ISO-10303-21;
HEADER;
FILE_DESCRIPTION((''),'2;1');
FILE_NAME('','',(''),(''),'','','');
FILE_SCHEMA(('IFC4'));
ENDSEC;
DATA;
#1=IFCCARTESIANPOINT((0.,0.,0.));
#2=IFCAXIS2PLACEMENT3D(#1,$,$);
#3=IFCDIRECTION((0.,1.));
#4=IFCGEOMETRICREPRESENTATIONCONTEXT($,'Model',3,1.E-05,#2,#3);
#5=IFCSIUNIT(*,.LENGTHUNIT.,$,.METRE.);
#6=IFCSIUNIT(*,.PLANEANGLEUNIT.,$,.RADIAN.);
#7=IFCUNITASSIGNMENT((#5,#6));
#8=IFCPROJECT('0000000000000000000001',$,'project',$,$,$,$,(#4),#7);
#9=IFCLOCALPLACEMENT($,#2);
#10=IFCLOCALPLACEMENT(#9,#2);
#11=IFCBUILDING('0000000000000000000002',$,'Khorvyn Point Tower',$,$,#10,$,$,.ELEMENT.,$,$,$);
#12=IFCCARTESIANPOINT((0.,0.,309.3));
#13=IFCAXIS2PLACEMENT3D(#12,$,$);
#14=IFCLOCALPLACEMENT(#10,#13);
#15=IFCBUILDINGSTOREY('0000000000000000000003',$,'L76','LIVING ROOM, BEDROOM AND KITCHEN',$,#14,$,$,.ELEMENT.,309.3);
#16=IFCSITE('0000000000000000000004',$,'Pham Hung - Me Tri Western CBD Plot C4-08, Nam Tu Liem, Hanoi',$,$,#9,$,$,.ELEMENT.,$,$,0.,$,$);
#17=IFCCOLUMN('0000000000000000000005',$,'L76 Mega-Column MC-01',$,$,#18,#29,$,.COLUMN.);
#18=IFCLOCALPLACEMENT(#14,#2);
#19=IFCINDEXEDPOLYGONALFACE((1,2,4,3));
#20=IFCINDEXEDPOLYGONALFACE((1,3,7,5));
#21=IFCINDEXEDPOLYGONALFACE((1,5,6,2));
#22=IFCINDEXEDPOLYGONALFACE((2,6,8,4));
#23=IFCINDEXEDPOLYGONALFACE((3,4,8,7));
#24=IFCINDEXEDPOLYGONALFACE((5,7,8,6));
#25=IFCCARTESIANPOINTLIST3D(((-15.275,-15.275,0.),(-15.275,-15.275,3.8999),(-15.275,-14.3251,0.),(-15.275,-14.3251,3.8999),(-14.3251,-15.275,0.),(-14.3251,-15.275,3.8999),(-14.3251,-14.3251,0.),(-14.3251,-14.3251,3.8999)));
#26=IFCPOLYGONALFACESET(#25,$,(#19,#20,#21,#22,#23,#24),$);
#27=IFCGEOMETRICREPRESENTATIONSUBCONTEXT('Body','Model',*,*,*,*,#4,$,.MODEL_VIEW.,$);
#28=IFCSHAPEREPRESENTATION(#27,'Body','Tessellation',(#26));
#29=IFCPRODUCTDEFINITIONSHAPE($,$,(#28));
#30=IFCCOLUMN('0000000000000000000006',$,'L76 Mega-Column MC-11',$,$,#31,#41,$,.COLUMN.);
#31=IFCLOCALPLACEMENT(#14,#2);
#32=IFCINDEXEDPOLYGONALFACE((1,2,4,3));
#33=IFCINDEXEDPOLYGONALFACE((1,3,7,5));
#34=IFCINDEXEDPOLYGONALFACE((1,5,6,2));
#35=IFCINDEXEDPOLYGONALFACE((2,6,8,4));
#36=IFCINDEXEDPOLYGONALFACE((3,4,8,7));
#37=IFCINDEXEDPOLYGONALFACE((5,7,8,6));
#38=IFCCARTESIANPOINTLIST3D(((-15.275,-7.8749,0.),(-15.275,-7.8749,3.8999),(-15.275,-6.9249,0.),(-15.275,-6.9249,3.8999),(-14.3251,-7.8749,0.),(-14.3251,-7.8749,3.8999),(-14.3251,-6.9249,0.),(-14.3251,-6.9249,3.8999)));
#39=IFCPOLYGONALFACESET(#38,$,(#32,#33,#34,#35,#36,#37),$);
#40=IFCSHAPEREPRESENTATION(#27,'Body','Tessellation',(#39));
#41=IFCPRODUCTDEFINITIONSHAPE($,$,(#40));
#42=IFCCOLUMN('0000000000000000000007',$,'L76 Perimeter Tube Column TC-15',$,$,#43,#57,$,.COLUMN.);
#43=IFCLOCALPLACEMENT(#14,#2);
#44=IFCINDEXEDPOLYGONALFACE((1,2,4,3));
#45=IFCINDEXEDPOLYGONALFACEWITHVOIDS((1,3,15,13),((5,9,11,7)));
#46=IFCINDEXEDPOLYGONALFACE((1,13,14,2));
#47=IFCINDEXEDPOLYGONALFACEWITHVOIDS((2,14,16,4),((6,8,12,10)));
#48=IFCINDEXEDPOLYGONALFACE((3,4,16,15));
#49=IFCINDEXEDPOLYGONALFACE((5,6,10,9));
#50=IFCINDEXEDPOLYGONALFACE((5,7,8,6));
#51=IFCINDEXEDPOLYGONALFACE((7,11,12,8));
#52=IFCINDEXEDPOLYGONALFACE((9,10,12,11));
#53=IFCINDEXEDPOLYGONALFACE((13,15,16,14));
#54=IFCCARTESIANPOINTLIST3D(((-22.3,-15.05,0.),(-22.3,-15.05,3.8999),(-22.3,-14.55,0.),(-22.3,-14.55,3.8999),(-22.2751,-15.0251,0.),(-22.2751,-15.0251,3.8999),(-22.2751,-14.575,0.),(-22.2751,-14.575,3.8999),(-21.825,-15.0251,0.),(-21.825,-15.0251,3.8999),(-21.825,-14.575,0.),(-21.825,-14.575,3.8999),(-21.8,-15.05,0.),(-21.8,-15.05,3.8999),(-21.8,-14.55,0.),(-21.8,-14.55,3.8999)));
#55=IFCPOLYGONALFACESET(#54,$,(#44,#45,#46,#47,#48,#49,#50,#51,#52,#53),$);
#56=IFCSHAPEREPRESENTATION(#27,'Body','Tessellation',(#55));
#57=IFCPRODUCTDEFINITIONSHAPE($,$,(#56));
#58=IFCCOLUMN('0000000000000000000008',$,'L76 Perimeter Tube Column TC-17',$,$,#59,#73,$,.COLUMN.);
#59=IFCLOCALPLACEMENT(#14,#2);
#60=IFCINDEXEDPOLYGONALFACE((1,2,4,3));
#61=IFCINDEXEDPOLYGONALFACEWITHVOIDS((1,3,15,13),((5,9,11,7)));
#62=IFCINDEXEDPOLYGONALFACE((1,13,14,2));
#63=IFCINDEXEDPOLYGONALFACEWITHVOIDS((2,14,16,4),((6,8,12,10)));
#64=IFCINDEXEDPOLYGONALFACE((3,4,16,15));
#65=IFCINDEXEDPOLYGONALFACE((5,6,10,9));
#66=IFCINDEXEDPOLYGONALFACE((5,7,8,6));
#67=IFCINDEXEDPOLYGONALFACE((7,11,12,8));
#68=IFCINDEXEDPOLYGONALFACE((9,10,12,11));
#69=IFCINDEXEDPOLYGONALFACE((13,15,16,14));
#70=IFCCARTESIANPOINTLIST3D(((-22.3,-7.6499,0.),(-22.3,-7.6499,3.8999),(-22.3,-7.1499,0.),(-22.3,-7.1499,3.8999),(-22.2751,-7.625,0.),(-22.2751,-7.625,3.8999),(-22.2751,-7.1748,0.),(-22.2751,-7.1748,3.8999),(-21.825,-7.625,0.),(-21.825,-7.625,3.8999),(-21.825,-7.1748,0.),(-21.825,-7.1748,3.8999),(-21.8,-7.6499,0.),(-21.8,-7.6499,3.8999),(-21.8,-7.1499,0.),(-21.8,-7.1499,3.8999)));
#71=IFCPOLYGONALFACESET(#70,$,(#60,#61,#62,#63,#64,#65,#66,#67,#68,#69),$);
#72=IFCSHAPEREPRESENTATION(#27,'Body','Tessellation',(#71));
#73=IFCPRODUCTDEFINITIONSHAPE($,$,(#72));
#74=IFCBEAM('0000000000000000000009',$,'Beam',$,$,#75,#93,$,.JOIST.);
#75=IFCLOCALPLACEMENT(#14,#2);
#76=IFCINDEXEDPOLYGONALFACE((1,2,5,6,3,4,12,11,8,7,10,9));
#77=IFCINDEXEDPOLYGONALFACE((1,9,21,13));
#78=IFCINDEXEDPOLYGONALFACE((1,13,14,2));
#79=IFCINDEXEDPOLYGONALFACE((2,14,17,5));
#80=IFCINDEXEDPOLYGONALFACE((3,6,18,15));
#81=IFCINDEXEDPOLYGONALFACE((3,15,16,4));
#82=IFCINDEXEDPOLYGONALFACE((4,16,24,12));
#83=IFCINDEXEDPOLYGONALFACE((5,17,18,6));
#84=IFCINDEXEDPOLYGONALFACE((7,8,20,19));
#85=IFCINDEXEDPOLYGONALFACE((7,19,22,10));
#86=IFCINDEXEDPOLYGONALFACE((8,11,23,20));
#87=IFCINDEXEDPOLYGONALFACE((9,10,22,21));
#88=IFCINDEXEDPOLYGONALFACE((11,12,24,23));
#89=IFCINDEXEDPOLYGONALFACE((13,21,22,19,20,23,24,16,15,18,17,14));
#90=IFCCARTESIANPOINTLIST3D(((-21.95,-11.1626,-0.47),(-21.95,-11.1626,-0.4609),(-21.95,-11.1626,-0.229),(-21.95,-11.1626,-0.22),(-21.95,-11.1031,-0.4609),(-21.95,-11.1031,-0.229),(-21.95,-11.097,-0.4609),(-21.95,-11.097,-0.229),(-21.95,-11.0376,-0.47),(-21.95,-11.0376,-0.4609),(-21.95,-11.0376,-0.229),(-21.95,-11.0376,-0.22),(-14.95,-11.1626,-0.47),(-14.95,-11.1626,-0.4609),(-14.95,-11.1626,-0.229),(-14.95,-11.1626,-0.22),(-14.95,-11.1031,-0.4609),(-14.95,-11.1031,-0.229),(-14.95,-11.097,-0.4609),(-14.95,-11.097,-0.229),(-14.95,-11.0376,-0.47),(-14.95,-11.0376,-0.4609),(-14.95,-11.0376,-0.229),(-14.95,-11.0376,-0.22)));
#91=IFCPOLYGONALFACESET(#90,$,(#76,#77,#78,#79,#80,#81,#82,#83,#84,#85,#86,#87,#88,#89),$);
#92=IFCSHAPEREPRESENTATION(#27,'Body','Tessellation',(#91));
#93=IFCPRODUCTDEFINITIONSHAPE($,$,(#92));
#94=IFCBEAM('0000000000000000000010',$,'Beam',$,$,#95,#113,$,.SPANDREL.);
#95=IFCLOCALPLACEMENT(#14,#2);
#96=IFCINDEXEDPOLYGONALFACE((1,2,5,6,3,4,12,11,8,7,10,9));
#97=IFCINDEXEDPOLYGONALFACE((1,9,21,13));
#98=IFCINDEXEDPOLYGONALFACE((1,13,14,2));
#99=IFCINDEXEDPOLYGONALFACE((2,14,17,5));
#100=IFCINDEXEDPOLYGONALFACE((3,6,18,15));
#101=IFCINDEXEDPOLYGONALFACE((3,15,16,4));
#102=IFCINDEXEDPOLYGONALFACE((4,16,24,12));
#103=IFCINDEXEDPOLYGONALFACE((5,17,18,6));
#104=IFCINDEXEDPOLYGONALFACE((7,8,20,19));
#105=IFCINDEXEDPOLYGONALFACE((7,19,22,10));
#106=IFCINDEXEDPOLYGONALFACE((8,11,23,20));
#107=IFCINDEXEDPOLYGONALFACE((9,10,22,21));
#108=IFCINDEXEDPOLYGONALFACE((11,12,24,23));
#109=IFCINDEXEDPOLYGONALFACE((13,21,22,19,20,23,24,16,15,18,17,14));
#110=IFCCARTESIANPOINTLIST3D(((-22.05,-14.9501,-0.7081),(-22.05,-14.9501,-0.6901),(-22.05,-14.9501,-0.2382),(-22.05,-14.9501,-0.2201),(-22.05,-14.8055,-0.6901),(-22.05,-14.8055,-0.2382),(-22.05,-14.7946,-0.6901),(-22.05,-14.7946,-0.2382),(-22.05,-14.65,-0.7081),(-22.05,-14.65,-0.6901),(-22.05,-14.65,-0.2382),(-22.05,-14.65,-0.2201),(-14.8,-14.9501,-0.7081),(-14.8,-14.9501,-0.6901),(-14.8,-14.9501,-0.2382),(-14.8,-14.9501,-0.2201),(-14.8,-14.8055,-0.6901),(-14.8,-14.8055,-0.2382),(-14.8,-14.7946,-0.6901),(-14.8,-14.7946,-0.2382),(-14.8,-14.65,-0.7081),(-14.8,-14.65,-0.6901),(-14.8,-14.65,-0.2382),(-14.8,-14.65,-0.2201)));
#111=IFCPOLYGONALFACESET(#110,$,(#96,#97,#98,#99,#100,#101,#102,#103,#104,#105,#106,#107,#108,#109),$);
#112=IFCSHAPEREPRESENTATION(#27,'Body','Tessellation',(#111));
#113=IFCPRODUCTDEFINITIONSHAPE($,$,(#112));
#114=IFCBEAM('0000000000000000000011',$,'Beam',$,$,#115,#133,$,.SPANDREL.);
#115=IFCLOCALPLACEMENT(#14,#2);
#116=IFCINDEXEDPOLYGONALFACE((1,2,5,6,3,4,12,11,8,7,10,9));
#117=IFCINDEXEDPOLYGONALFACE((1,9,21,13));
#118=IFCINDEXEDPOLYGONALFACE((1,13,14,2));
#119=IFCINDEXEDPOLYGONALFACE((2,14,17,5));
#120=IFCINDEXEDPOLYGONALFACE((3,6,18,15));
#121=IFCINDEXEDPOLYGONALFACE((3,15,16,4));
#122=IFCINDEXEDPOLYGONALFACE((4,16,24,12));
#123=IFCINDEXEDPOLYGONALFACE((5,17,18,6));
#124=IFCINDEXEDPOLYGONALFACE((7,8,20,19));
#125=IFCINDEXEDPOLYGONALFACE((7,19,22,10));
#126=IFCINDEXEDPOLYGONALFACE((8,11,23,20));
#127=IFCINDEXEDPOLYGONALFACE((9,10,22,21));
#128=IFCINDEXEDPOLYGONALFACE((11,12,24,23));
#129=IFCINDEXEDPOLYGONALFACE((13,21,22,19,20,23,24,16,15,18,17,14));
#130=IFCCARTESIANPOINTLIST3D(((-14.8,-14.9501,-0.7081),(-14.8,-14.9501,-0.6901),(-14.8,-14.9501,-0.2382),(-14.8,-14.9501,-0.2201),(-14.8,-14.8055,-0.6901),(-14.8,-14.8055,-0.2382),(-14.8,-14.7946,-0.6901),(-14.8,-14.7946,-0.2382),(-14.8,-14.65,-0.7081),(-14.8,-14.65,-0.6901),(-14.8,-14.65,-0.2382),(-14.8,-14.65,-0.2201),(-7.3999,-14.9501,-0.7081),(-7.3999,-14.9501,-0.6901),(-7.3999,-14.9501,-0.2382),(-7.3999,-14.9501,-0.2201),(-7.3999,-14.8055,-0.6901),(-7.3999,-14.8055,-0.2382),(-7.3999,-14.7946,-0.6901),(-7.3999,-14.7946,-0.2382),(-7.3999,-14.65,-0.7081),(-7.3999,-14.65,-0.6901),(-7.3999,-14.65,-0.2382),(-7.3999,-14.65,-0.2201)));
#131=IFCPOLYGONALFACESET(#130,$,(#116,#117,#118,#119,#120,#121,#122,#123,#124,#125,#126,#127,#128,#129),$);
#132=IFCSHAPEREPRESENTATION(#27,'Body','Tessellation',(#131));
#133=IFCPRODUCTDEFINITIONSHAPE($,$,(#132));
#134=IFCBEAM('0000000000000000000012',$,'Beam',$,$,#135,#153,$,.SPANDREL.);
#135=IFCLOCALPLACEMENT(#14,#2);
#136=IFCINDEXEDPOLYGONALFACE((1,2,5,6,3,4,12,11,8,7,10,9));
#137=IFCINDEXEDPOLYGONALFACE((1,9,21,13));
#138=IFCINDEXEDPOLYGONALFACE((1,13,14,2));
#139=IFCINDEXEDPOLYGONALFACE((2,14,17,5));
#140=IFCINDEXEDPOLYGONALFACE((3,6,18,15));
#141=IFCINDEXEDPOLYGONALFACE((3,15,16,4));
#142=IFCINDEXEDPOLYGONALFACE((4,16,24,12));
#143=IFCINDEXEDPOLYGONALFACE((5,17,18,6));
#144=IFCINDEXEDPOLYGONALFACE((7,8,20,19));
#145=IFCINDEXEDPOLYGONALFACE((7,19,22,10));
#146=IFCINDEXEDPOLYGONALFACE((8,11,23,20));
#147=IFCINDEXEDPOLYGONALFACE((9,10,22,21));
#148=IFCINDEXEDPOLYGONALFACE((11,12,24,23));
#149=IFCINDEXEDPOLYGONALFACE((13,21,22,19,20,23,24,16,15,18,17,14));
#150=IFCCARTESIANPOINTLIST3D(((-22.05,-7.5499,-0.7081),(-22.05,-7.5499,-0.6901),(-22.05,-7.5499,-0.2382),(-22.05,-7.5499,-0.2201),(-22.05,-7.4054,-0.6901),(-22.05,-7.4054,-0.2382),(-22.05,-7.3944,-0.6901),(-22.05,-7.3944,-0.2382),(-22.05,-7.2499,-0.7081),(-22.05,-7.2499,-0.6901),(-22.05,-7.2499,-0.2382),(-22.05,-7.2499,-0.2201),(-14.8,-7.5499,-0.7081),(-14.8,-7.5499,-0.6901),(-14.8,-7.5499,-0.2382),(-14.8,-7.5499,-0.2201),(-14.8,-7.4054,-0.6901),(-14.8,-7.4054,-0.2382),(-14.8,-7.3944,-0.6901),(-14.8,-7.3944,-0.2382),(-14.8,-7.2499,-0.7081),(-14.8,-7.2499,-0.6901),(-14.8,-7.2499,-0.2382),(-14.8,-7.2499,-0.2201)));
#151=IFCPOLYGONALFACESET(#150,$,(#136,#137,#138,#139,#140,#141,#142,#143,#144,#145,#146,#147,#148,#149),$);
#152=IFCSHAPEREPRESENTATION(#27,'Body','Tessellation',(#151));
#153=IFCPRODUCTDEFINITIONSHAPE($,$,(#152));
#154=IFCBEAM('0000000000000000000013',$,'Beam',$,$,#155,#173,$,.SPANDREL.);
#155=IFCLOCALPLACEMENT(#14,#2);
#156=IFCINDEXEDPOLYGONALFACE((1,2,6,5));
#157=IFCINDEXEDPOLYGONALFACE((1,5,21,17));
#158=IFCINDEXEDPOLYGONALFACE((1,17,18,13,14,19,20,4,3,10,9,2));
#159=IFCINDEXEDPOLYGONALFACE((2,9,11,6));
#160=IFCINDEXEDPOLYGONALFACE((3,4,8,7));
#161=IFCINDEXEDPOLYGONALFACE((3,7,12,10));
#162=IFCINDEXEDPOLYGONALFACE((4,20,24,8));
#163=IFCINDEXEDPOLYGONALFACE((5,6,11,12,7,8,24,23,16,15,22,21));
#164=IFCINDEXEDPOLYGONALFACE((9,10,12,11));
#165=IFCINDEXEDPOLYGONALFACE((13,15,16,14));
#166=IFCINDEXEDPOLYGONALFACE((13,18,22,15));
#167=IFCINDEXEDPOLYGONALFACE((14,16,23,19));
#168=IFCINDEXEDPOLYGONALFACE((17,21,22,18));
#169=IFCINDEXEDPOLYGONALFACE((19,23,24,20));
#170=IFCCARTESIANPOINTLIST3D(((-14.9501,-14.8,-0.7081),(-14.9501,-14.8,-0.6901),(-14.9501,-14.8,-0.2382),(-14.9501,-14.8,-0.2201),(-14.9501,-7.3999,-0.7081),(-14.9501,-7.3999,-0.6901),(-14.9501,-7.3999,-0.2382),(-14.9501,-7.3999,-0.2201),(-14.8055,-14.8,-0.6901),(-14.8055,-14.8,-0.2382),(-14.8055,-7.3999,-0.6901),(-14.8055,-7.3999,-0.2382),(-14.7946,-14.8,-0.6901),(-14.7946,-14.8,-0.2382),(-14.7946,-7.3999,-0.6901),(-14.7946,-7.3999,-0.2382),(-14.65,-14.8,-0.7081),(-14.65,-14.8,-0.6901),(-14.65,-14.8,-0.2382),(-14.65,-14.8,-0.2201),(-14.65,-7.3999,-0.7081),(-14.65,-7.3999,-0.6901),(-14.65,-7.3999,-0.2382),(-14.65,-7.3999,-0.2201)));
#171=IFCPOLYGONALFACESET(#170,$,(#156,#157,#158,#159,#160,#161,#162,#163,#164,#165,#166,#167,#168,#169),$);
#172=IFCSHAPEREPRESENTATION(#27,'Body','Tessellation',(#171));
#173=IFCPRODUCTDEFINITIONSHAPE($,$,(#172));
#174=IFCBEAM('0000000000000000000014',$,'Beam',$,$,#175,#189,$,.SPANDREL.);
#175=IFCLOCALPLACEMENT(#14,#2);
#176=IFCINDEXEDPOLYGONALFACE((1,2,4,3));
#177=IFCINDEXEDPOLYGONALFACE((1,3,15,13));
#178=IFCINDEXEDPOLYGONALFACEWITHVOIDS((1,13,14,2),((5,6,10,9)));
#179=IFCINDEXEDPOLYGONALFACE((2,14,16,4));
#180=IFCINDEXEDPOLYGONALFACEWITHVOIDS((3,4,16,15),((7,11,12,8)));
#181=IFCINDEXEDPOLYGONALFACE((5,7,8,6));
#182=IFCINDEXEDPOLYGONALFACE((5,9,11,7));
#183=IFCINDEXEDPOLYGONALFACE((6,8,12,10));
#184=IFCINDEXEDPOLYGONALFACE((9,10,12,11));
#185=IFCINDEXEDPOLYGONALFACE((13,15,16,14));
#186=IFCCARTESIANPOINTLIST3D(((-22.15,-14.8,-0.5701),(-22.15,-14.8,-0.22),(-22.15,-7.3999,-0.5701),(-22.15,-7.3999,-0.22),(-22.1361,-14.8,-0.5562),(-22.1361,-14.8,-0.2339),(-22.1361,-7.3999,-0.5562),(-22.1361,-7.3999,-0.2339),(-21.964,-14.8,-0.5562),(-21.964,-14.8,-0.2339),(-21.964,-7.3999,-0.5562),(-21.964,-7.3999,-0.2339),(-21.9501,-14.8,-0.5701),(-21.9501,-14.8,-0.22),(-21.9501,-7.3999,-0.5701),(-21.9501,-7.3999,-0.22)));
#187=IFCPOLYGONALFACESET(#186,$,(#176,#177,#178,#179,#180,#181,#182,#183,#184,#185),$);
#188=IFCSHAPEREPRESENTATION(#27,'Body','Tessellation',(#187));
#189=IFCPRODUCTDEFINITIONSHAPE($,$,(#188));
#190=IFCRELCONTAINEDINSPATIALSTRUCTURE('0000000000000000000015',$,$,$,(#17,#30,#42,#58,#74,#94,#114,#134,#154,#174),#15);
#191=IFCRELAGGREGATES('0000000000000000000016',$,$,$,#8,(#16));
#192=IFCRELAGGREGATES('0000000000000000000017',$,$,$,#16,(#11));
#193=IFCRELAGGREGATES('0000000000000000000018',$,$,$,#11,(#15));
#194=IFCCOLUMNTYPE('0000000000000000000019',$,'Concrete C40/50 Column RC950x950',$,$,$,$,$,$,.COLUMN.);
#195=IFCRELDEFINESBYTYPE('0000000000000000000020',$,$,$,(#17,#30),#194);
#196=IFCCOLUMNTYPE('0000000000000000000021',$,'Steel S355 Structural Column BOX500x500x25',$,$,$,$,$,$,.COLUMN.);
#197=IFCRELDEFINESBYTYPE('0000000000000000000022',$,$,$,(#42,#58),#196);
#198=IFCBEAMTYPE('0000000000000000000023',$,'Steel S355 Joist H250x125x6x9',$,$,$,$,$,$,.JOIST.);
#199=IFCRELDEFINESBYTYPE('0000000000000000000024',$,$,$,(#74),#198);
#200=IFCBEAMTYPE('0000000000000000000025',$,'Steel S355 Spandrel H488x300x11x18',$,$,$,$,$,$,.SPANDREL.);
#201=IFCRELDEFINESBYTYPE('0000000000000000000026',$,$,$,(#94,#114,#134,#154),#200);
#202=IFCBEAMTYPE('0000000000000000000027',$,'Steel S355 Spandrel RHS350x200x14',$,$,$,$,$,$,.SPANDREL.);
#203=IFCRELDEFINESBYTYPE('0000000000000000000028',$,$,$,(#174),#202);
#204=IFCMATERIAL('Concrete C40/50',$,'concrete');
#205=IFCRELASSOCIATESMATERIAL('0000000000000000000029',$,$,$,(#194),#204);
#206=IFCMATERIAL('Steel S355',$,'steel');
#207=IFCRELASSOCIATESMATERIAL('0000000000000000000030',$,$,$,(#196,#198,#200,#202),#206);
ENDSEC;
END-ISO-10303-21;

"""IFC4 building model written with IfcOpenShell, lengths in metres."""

from ifc_helpers import new_model, si_unit, direction, frame, origin, origin_2d, place, context, subcontext, project, spatial, rectangle, hollow_rectangle, i_section, extrude, material, material_profile, profile_set, type_object, element, save


model = new_model("IFC4")

# Units and contexts
model_context = context("Model", 3, precision=1e-05, world=origin(), true_north=direction((0.0, 1.0)))
body_context = subcontext(model_context, "Body", "Model", "MODEL_VIEW")
ifc_project = project(units=[si_unit("LENGTHUNIT", "METRE"), si_unit("PLANEANGLEUNIT", "RADIAN")], contexts=[model_context])

# Site, building, storey
site_placement = place(None, origin())
site = spatial("IfcSite", under=ifc_project, at=site_placement, Name="Pham Hung - Me Tri Western CBD Plot C4-08, Nam Tu Liem, Hanoi", CompositionType="ELEMENT", RefElevation=0.0)
building_placement = place(site_placement, origin())
building = spatial("IfcBuilding", under=site, at=building_placement, Name="Khorvyn Point Tower", CompositionType="ELEMENT")
storey_placement = place(building_placement, frame((0.0, 0.0, 309.3)))
storey = spatial("IfcBuildingStorey", under=building, at=storey_placement, Name="L76", Description="LIVING ROOM, BEDROOM AND KITCHEN", CompositionType="ELEMENT", Elevation=309.3)

# Columns
ifc_material_1 = material(Name="Concrete C40/50", Category="concrete")
ifc_material_profile_1 = material_profile(ifc_material_1, rectangle(XDim=0.95, YDim=0.95, at=origin_2d()))
ifc_profile_set_1 = profile_set([ifc_material_profile_1], Name="Concrete C40/50 RC950x950")
column_type_1 = type_object("IfcColumnType", Name="Concrete C40/50 Column RC950x950", PredefinedType="COLUMN", material=ifc_profile_set_1)
for number, where, z_axis, x_axis, name in (
    (1, (-14.8, -14.8, 0.0), (0.0, 0.0, 1.0), (1.0, 0.0, 0.0), "L76 Mega-Column MC-01"),
    (2, (-14.8, -7.3999, 0.0), (0.0, 0.0, 1.0), (1.0, 0.0, 0.0), "L76 Mega-Column MC-11"),
):
    element("IfcColumn", number, at=place(storey_placement, frame(where, z_axis=z_axis, x_axis=x_axis)), inside=storey, type_object=column_type_1, Name=name, PredefinedType="COLUMN", context=body_context, shape_type="SweptSolid", body=[
        extrude(rectangle(XDim=0.95, YDim=0.95, at=origin_2d()), origin(), (0.0, 0.0, 1.0), 3.8999),
    ])
ifc_material_2 = material(Name="Steel S355", Category="steel")
ifc_material_profile_2 = material_profile(ifc_material_2, hollow_rectangle(XDim=0.5, YDim=0.5, WallThickness=0.0249, at=origin_2d()))
ifc_profile_set_2 = profile_set([ifc_material_profile_2], Name="Steel S355 BOX500x500x25")
column_type_2 = type_object("IfcColumnType", Name="Steel S355 Structural Column BOX500x500x25", PredefinedType="COLUMN", material=ifc_profile_set_2)
for number, where, z_axis, x_axis, name in (
    (3, (-22.05, -14.8, 0.0), (0.0, 0.0, 1.0), (1.0, 0.0, 0.0), "L76 Perimeter Tube Column TC-15"),
    (4, (-22.05, -7.3999, 0.0), (0.0, 0.0, 1.0), (1.0, 0.0, 0.0), "L76 Perimeter Tube Column TC-17"),
):
    element("IfcColumn", number, at=place(storey_placement, frame(where, z_axis=z_axis, x_axis=x_axis)), inside=storey, type_object=column_type_2, Name=name, PredefinedType="COLUMN", context=body_context, shape_type="SweptSolid", body=[
        extrude(hollow_rectangle(XDim=0.5, YDim=0.5, WallThickness=0.0249, at=origin_2d()), origin(), (0.0, 0.0, 1.0), 3.8999),
    ])

# Beams
ifc_material_profile_3 = material_profile(ifc_material_2, i_section(OverallWidth=0.125, OverallDepth=0.25, WebThickness=0.0061, FlangeThickness=0.009, at=origin_2d()))
ifc_profile_set_3 = profile_set([ifc_material_profile_3], Name="Steel S355 H250x125x6x9")
beam_type_1 = type_object("IfcBeamType", Name="Steel S355 Joist H250x125x6x9", PredefinedType="JOIST", material=ifc_profile_set_3)
beam_1_placement = place(storey_placement, frame((-21.95, -11.1001, -0.345), z_axis=(1.0, 0.0, 0.0), x_axis=(0.0, 1.0, 0.0)))
element("IfcBeam", 5, at=beam_1_placement, inside=storey, type_object=beam_type_1, Name="Beam", PredefinedType="JOIST", context=body_context, shape_type="SweptSolid", body=[
    extrude(i_section(OverallWidth=0.125, OverallDepth=0.25, WebThickness=0.0061, FlangeThickness=0.009, at=origin_2d()), origin(), (0.0, 0.0, 1.0), 7.0),
])
ifc_material_profile_4 = material_profile(ifc_material_2, i_section(OverallWidth=0.3, OverallDepth=0.488, WebThickness=0.011, FlangeThickness=0.0181, at=origin_2d()))
ifc_profile_set_4 = profile_set([ifc_material_profile_4], Name="Steel S355 H488x300x11x18")
beam_type_2 = type_object("IfcBeamType", Name="Steel S355 Spandrel H488x300x11x18", PredefinedType="SPANDREL", material=ifc_profile_set_4)
beam_2_placement = place(storey_placement, frame((-22.05, -14.8, -0.4641), z_axis=(1.0, 0.0, 0.0), x_axis=(0.0, 1.0, 0.0)))
element("IfcBeam", 6, at=beam_2_placement, inside=storey, type_object=beam_type_2, Name="Beam", PredefinedType="SPANDREL", context=body_context, shape_type="SweptSolid", body=[
    extrude(i_section(OverallWidth=0.3, OverallDepth=0.488, WebThickness=0.011, FlangeThickness=0.0181, at=origin_2d()), origin(), (0.0, 0.0, 1.0), 7.25),
])
beam_3_placement = place(storey_placement, frame((-14.8, -14.8, -0.4641), z_axis=(1.0, 0.0, 0.0), x_axis=(0.0, 1.0, 0.0)))
element("IfcBeam", 7, at=beam_3_placement, inside=storey, type_object=beam_type_2, Name="Beam", PredefinedType="SPANDREL", context=body_context, shape_type="SweptSolid", body=[
    extrude(i_section(OverallWidth=0.3, OverallDepth=0.488, WebThickness=0.011, FlangeThickness=0.0181, at=origin_2d()), origin(), (0.0, 0.0, 1.0), 7.4001),
])
beam_4_placement = place(storey_placement, frame((-22.05, -7.3999, -0.4641), z_axis=(1.0, 0.0, 0.0), x_axis=(0.0, 1.0, 0.0)))
element("IfcBeam", 8, at=beam_4_placement, inside=storey, type_object=beam_type_2, Name="Beam", PredefinedType="SPANDREL", context=body_context, shape_type="SweptSolid", body=[
    extrude(i_section(OverallWidth=0.3, OverallDepth=0.488, WebThickness=0.011, FlangeThickness=0.0181, at=origin_2d()), origin(), (0.0, 0.0, 1.0), 7.25),
])
beam_5_placement = place(storey_placement, frame((-14.8, -14.8, -0.4641), z_axis=(0.0, 1.0, 0.0), x_axis=(-1.0, 0.0, 0.0)))
element("IfcBeam", 9, at=beam_5_placement, inside=storey, type_object=beam_type_2, Name="Beam", PredefinedType="SPANDREL", context=body_context, shape_type="SweptSolid", body=[
    extrude(i_section(OverallWidth=0.3, OverallDepth=0.488, WebThickness=0.011, FlangeThickness=0.0181, at=origin_2d()), origin(), (0.0, 0.0, 1.0), 7.4001),
])
ifc_material_profile_5 = material_profile(ifc_material_2, hollow_rectangle(XDim=0.2, YDim=0.3501, WallThickness=0.0139, at=origin_2d()))
ifc_profile_set_5 = profile_set([ifc_material_profile_5], Name="Steel S355 RHS350x200x14")
beam_type_3 = type_object("IfcBeamType", Name="Steel S355 Spandrel RHS350x200x14", PredefinedType="SPANDREL", material=ifc_profile_set_5)
beam_6_placement = place(storey_placement, frame((-22.05, -14.8, -0.395), z_axis=(0.0, 1.0, 0.0), x_axis=(-1.0, 0.0, 0.0)))
element("IfcBeam", 10, at=beam_6_placement, inside=storey, type_object=beam_type_3, Name="Beam", PredefinedType="SPANDREL", context=body_context, shape_type="SweptSolid", body=[
    extrude(hollow_rectangle(XDim=0.2, YDim=0.3501, WallThickness=0.0139, at=origin_2d()), origin(), (0.0, 0.0, 1.0), 7.4001),
])

save(model, "model.ifc")
